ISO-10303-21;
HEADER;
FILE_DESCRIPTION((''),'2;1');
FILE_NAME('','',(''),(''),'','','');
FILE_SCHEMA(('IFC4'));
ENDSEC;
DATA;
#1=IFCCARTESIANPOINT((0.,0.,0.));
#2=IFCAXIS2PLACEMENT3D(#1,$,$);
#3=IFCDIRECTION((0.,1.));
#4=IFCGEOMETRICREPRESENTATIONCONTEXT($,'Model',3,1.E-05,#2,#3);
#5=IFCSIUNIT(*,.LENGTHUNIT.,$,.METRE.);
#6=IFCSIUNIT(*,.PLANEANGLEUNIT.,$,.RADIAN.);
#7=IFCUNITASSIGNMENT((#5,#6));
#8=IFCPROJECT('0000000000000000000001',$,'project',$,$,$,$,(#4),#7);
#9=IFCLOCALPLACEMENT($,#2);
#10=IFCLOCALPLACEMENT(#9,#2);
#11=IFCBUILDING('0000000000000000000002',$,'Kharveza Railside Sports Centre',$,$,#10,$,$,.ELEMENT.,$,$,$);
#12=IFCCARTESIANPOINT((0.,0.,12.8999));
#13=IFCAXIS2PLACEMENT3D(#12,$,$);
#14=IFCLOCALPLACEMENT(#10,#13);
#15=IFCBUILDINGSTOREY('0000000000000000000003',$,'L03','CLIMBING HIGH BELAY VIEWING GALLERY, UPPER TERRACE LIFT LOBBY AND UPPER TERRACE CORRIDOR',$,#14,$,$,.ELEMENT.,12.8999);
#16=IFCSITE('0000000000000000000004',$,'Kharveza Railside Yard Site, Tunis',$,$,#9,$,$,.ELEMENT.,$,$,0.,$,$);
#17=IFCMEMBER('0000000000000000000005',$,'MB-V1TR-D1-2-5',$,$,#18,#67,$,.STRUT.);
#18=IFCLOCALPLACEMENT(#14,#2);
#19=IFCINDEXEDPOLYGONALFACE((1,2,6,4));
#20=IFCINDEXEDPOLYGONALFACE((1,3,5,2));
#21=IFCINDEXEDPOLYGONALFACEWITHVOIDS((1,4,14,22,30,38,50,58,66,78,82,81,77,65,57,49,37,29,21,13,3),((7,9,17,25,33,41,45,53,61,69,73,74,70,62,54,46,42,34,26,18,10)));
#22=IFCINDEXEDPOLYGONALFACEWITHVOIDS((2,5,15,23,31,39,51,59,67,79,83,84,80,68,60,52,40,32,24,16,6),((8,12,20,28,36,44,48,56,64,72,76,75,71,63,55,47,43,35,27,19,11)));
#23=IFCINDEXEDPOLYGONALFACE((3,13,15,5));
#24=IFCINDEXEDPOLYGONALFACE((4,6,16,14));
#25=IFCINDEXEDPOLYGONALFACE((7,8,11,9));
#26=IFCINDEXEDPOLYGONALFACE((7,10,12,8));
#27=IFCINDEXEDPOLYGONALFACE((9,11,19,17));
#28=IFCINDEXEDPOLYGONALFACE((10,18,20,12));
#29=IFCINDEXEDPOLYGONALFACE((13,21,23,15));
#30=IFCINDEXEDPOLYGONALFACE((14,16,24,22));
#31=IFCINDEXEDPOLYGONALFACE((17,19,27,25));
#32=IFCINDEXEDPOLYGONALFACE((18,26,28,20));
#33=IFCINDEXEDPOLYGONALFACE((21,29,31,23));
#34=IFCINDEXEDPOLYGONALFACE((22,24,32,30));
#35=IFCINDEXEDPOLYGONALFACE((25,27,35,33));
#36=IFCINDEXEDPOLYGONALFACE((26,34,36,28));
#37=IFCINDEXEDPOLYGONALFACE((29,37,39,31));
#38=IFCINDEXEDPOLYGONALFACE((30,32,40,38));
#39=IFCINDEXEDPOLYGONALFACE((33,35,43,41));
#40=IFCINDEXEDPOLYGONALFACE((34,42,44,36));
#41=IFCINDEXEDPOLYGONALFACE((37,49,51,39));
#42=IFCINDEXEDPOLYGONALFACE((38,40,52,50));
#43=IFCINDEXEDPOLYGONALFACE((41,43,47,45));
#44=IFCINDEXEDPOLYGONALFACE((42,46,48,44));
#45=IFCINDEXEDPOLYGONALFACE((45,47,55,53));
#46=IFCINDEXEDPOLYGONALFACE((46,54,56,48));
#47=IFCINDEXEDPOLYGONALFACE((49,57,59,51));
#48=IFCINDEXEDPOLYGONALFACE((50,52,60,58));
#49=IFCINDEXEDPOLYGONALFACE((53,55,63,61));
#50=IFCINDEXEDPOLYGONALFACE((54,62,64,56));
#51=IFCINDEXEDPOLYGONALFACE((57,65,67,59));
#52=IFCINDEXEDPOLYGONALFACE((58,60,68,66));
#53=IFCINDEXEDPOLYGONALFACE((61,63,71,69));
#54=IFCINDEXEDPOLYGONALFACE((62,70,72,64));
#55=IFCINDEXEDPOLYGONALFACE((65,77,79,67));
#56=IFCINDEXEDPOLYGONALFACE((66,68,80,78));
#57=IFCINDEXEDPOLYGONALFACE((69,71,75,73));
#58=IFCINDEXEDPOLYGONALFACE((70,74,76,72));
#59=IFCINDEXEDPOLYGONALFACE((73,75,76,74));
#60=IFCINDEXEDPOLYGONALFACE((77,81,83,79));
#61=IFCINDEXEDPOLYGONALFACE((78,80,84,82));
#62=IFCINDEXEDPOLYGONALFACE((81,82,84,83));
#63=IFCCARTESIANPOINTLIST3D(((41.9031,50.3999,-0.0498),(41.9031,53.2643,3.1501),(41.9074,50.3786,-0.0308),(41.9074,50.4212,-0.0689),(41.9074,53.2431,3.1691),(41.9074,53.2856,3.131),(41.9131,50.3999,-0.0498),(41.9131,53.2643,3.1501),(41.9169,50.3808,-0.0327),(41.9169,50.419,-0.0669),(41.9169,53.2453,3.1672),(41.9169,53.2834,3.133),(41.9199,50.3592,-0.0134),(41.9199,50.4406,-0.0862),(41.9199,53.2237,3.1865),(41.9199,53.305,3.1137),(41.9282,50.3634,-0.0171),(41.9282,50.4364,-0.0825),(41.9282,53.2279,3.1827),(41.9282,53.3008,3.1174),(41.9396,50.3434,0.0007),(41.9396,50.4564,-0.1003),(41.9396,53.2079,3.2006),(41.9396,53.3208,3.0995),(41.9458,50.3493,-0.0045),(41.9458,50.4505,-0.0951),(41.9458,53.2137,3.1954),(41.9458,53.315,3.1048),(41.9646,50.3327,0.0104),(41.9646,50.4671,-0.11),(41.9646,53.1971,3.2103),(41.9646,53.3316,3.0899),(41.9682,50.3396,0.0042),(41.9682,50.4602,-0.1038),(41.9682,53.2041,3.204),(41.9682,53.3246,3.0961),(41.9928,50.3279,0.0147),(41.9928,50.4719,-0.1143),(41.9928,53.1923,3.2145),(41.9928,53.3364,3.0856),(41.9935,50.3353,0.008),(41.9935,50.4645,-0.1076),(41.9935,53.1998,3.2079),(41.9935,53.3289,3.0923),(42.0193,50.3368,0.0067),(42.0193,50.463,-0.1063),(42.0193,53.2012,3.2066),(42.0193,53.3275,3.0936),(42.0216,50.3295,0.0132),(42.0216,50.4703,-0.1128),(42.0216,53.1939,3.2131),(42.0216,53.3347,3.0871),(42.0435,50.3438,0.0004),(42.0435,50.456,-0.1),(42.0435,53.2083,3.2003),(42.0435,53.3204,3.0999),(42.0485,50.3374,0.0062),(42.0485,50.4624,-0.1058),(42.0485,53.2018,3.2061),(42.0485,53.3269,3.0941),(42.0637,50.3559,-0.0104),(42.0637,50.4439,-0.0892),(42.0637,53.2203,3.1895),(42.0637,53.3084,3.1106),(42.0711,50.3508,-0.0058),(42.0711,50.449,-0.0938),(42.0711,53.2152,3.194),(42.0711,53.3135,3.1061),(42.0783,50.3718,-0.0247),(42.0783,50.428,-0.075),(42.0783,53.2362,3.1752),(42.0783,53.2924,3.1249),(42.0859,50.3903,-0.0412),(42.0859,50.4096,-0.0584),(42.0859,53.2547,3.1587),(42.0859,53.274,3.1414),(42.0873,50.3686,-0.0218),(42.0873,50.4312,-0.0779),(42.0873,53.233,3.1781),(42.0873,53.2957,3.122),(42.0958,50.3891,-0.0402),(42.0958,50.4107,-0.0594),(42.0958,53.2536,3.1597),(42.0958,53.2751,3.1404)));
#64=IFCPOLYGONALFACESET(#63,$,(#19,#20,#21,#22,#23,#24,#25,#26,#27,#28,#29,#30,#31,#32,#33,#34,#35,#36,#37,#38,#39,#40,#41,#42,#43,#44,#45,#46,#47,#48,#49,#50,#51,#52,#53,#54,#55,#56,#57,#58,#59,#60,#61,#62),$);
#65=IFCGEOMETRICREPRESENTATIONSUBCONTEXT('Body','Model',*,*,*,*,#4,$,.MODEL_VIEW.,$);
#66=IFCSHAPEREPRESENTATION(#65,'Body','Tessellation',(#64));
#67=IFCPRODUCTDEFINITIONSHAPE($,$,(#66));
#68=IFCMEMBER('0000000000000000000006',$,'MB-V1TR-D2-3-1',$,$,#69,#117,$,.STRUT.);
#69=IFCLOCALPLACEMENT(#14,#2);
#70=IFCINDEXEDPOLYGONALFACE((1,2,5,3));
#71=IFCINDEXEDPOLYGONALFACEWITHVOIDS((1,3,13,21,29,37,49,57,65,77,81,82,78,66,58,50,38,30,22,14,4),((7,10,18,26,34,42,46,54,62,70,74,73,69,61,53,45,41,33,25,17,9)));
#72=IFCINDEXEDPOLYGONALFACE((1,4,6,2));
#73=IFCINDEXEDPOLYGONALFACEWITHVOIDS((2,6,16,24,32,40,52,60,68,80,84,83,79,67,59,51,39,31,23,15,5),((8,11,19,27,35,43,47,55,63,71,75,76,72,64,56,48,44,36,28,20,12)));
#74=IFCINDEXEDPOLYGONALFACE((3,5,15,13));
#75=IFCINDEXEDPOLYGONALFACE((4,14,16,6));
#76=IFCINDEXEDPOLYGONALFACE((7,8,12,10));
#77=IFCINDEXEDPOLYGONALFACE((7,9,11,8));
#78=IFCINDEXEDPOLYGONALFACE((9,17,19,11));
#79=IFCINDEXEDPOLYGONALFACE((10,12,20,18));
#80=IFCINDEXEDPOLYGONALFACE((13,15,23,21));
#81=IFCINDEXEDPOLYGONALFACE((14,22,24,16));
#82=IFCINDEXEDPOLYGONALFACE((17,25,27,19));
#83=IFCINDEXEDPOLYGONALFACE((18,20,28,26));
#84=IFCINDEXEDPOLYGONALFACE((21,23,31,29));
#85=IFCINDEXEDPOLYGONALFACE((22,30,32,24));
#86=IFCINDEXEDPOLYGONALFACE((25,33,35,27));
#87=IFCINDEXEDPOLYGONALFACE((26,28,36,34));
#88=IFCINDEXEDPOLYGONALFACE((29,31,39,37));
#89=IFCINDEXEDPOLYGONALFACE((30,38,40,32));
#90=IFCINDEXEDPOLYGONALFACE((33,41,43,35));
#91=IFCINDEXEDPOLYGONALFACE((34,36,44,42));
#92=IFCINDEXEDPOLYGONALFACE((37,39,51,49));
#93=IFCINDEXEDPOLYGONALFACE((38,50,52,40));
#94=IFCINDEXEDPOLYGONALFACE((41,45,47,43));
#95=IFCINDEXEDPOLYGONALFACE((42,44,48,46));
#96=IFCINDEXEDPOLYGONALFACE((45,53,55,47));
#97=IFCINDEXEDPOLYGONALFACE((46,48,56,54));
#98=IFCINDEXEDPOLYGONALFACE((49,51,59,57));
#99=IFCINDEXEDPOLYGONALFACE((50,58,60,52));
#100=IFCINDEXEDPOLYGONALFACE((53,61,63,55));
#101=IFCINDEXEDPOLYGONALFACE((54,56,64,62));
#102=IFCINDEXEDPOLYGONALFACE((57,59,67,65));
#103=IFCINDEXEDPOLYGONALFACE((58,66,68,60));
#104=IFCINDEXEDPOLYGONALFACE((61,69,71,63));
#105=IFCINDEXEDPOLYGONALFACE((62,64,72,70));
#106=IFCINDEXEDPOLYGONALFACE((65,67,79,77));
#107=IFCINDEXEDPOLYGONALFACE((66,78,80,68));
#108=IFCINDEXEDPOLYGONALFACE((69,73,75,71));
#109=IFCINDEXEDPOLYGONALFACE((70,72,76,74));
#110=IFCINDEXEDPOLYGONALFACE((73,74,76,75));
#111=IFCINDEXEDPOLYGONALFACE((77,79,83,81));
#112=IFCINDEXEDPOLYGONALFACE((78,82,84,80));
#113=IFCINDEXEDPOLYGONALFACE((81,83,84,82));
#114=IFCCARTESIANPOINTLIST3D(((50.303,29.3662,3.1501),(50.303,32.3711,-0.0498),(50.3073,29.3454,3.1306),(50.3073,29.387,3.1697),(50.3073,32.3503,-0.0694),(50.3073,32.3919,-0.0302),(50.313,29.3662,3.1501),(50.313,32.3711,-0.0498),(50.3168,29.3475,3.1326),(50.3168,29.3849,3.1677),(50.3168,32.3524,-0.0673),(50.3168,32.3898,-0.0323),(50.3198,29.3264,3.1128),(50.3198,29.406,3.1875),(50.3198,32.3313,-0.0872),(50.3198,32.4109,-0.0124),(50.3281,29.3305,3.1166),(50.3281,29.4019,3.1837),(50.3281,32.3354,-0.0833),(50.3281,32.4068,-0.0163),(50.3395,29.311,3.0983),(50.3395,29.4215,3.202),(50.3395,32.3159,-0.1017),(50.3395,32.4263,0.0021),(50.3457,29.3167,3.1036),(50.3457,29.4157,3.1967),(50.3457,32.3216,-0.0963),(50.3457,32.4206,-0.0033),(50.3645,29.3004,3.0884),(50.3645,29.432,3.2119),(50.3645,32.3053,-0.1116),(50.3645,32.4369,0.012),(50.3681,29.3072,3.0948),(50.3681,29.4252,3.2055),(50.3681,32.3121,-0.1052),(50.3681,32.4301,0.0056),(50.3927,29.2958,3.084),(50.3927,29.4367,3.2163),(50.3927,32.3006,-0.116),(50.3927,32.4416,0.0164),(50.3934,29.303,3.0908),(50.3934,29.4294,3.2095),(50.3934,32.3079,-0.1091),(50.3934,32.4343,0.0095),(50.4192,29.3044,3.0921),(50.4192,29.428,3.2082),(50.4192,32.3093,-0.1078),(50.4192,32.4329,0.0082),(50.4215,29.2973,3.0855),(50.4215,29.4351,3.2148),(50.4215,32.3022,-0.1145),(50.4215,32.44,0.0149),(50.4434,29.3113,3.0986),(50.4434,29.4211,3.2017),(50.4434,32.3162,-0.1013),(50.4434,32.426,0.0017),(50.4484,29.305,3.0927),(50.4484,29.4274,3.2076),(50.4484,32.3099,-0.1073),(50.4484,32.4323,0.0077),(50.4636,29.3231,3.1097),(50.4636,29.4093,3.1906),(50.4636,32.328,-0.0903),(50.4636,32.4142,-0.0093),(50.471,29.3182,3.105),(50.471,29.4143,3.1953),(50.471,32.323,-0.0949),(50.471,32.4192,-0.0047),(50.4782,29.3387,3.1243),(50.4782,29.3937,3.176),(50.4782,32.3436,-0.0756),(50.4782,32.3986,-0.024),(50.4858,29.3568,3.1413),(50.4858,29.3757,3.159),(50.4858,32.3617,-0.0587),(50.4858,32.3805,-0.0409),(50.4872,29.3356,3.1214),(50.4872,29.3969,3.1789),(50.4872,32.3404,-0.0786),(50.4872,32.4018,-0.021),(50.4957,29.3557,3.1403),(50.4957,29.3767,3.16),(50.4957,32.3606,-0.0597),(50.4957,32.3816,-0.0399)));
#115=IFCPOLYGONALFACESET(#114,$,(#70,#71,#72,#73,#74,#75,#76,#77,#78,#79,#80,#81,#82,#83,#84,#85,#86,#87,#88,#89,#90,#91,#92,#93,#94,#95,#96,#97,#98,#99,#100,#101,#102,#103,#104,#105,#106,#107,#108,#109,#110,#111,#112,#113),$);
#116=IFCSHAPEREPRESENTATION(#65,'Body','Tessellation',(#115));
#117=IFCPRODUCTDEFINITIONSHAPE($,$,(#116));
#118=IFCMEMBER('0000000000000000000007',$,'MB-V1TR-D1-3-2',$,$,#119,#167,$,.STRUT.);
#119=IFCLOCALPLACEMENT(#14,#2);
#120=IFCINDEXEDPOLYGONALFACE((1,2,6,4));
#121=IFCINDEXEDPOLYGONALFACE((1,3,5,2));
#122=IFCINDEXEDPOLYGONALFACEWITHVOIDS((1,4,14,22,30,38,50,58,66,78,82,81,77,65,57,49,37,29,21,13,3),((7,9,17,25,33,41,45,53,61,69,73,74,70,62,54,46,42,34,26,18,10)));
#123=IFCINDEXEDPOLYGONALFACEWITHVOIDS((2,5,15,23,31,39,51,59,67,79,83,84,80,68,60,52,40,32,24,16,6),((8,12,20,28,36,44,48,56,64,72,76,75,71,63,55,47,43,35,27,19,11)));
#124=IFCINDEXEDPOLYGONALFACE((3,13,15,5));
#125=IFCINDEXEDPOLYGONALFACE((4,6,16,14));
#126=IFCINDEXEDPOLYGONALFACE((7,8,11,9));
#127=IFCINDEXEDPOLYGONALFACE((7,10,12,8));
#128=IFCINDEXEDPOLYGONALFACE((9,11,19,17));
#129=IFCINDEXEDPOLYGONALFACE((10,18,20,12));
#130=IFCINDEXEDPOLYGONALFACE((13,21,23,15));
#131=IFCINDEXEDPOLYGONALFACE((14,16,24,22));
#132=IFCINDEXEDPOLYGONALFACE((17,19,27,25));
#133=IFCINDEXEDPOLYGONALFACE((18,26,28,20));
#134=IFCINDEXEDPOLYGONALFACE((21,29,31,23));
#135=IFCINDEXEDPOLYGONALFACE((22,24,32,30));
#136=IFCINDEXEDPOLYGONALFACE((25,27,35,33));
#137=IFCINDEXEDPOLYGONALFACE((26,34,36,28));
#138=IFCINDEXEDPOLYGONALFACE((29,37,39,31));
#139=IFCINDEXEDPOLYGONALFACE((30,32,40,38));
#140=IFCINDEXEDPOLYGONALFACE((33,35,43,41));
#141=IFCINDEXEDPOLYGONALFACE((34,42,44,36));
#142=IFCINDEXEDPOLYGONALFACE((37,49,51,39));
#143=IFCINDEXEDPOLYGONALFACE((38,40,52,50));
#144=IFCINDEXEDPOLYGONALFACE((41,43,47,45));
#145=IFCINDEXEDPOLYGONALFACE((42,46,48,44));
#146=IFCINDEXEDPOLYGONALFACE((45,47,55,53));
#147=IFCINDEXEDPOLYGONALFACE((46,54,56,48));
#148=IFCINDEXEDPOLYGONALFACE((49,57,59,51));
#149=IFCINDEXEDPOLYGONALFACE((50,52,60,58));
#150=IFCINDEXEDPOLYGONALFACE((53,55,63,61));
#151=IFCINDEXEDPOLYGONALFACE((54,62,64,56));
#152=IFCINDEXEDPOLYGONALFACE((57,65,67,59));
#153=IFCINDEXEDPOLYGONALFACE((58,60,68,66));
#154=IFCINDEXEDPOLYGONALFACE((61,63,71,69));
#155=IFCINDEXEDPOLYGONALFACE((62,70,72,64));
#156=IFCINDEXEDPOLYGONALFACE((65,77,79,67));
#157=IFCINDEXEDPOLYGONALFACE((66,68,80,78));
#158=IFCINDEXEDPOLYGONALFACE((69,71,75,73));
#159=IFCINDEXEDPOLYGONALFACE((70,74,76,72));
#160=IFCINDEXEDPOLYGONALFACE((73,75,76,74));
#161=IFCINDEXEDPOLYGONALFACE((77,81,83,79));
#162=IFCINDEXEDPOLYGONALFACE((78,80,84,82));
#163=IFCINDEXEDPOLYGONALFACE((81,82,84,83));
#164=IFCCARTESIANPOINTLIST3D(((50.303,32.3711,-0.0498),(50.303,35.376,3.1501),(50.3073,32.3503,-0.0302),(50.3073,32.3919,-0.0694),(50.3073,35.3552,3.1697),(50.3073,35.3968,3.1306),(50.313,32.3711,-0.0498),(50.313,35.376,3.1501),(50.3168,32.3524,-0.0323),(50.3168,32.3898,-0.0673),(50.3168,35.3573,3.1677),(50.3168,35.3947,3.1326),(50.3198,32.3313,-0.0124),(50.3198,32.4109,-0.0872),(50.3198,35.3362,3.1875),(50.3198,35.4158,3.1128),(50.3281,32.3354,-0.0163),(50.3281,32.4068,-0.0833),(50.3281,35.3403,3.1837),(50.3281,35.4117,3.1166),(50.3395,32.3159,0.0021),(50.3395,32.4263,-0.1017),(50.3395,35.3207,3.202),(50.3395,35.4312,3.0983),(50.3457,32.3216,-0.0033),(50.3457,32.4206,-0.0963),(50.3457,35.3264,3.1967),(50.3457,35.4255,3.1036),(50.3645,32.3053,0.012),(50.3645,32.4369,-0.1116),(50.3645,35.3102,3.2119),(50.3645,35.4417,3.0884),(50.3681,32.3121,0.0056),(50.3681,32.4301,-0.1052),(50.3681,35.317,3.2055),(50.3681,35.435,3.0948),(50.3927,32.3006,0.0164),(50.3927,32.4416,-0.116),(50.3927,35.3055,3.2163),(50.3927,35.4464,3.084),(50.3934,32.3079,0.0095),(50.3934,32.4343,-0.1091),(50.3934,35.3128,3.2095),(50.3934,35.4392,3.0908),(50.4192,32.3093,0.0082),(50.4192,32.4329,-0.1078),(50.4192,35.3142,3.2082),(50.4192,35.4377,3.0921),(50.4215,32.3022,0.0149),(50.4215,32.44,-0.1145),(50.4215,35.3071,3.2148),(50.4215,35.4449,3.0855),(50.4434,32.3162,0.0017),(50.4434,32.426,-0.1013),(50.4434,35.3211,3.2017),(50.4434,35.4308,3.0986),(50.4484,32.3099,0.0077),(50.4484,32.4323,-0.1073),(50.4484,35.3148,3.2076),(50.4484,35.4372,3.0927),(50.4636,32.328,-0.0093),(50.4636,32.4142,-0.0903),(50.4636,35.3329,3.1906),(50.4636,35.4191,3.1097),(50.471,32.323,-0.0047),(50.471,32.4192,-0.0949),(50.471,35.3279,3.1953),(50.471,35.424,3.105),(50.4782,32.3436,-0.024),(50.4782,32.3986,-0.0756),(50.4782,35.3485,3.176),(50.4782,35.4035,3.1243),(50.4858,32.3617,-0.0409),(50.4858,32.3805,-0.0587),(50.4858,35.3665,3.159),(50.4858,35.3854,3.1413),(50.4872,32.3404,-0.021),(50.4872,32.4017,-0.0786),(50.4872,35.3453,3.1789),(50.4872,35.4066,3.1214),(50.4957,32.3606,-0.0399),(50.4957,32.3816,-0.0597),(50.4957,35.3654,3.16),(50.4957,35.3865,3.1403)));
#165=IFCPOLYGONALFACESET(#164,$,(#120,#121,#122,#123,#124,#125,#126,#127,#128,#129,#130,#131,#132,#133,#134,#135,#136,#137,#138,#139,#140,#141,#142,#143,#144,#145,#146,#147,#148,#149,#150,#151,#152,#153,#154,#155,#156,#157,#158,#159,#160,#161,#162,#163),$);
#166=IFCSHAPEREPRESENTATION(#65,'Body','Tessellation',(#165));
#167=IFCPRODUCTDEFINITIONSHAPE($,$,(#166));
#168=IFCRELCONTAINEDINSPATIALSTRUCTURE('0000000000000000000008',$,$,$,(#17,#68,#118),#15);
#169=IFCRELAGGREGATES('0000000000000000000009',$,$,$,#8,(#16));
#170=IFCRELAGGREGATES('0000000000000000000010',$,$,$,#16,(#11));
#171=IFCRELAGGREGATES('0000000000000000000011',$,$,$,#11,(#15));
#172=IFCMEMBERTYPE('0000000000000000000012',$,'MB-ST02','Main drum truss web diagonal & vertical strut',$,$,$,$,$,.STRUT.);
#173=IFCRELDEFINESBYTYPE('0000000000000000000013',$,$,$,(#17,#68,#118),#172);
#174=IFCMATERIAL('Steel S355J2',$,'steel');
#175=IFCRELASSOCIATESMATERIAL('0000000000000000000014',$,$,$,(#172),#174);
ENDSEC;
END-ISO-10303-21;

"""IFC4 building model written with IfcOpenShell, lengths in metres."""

from ifc_helpers import new_model, si_unit, direction, frame, origin, origin_2d, place, context, subcontext, project, spatial, hollow_circle, extrude, material, material_profile, profile_set, type_object, element, save


model = new_model("IFC4")

# Units and contexts
model_context = context("Model", 3, precision=1e-05, world=origin(), true_north=direction((0.0, 1.0)))
body_context = subcontext(model_context, "Body", "Model", "MODEL_VIEW")
ifc_project = project(units=[si_unit("LENGTHUNIT", "METRE"), si_unit("PLANEANGLEUNIT", "RADIAN")], contexts=[model_context])

# Site, building, storey
site_placement = place(None, origin())
site = spatial("IfcSite", under=ifc_project, at=site_placement, Name="Kharveza Railside Yard Site, Tunis", CompositionType="ELEMENT", RefElevation=0.0)
building_placement = place(site_placement, origin())
building = spatial("IfcBuilding", under=site, at=building_placement, Name="Kharveza Railside Sports Centre", CompositionType="ELEMENT")
storey_placement = place(building_placement, frame((0.0, 0.0, 12.8999)))
storey = spatial("IfcBuildingStorey", under=building, at=storey_placement, Name="L03", Description="CLIMBING HIGH BELAY VIEWING GALLERY, UPPER TERRACE LIFT LOBBY AND UPPER TERRACE CORRIDOR", CompositionType="ELEMENT", Elevation=12.8999)

# Members
ifc_material = material(Name="Steel S355J2", Category="steel")
ifc_material_profile_1 = material_profile(ifc_material, hollow_circle(Radius=0.0969, WallThickness=0.01, at=origin_2d()), Name="CHS 193.7x10.0")
ifc_profile_set_1 = profile_set([ifc_material_profile_1], Name="Steel S355J2")
member_type_1 = type_object("IfcMemberType", Name="MB-ST02", Description="Main drum truss web diagonal & vertical strut", PredefinedType="STRUT", material=ifc_profile_set_1)
for number, where, z_axis, x_axis, name in (
    (1, (42.0, 50.3999, -0.0498), (0.0, 0.666974, 0.745081), (-1.0, 0.0, 0.0), "MB-V1TR-D1-2-5"),
):
    element("IfcMember", number, at=place(storey_placement, frame(where, z_axis=z_axis, x_axis=x_axis)), inside=storey, type_object=member_type_1, Name=name, PredefinedType="STRUT", context=body_context, shape_type="SweptSolid", body=[
        extrude(hollow_circle(Radius=0.0969, WallThickness=0.01, at=origin_2d()), origin(), (0.0, 0.0, 1.0), 4.2947),
    ])
for number, where, z_axis, x_axis, name in (
    (2, (50.3999, 29.3662, 3.1501), (0.0, 0.684538, -0.728977), (-1.0, 0.0, 0.0), "MB-V1TR-D2-3-1"),
    (3, (50.3999, 32.3711, -0.0498), (0.0, 0.684538, 0.728977), (-1.0, 0.0, 0.0), "MB-V1TR-D1-3-2"),
):
    element("IfcMember", number, at=place(storey_placement, frame(where, z_axis=z_axis, x_axis=x_axis)), inside=storey, type_object=member_type_1, Name=name, PredefinedType="STRUT", context=body_context, shape_type="SweptSolid", body=[
        extrude(hollow_circle(Radius=0.0969, WallThickness=0.01, at=origin_2d()), origin(), (0.0, 0.0, 1.0), 4.3896),
    ])

save(model, "model.ifc")
